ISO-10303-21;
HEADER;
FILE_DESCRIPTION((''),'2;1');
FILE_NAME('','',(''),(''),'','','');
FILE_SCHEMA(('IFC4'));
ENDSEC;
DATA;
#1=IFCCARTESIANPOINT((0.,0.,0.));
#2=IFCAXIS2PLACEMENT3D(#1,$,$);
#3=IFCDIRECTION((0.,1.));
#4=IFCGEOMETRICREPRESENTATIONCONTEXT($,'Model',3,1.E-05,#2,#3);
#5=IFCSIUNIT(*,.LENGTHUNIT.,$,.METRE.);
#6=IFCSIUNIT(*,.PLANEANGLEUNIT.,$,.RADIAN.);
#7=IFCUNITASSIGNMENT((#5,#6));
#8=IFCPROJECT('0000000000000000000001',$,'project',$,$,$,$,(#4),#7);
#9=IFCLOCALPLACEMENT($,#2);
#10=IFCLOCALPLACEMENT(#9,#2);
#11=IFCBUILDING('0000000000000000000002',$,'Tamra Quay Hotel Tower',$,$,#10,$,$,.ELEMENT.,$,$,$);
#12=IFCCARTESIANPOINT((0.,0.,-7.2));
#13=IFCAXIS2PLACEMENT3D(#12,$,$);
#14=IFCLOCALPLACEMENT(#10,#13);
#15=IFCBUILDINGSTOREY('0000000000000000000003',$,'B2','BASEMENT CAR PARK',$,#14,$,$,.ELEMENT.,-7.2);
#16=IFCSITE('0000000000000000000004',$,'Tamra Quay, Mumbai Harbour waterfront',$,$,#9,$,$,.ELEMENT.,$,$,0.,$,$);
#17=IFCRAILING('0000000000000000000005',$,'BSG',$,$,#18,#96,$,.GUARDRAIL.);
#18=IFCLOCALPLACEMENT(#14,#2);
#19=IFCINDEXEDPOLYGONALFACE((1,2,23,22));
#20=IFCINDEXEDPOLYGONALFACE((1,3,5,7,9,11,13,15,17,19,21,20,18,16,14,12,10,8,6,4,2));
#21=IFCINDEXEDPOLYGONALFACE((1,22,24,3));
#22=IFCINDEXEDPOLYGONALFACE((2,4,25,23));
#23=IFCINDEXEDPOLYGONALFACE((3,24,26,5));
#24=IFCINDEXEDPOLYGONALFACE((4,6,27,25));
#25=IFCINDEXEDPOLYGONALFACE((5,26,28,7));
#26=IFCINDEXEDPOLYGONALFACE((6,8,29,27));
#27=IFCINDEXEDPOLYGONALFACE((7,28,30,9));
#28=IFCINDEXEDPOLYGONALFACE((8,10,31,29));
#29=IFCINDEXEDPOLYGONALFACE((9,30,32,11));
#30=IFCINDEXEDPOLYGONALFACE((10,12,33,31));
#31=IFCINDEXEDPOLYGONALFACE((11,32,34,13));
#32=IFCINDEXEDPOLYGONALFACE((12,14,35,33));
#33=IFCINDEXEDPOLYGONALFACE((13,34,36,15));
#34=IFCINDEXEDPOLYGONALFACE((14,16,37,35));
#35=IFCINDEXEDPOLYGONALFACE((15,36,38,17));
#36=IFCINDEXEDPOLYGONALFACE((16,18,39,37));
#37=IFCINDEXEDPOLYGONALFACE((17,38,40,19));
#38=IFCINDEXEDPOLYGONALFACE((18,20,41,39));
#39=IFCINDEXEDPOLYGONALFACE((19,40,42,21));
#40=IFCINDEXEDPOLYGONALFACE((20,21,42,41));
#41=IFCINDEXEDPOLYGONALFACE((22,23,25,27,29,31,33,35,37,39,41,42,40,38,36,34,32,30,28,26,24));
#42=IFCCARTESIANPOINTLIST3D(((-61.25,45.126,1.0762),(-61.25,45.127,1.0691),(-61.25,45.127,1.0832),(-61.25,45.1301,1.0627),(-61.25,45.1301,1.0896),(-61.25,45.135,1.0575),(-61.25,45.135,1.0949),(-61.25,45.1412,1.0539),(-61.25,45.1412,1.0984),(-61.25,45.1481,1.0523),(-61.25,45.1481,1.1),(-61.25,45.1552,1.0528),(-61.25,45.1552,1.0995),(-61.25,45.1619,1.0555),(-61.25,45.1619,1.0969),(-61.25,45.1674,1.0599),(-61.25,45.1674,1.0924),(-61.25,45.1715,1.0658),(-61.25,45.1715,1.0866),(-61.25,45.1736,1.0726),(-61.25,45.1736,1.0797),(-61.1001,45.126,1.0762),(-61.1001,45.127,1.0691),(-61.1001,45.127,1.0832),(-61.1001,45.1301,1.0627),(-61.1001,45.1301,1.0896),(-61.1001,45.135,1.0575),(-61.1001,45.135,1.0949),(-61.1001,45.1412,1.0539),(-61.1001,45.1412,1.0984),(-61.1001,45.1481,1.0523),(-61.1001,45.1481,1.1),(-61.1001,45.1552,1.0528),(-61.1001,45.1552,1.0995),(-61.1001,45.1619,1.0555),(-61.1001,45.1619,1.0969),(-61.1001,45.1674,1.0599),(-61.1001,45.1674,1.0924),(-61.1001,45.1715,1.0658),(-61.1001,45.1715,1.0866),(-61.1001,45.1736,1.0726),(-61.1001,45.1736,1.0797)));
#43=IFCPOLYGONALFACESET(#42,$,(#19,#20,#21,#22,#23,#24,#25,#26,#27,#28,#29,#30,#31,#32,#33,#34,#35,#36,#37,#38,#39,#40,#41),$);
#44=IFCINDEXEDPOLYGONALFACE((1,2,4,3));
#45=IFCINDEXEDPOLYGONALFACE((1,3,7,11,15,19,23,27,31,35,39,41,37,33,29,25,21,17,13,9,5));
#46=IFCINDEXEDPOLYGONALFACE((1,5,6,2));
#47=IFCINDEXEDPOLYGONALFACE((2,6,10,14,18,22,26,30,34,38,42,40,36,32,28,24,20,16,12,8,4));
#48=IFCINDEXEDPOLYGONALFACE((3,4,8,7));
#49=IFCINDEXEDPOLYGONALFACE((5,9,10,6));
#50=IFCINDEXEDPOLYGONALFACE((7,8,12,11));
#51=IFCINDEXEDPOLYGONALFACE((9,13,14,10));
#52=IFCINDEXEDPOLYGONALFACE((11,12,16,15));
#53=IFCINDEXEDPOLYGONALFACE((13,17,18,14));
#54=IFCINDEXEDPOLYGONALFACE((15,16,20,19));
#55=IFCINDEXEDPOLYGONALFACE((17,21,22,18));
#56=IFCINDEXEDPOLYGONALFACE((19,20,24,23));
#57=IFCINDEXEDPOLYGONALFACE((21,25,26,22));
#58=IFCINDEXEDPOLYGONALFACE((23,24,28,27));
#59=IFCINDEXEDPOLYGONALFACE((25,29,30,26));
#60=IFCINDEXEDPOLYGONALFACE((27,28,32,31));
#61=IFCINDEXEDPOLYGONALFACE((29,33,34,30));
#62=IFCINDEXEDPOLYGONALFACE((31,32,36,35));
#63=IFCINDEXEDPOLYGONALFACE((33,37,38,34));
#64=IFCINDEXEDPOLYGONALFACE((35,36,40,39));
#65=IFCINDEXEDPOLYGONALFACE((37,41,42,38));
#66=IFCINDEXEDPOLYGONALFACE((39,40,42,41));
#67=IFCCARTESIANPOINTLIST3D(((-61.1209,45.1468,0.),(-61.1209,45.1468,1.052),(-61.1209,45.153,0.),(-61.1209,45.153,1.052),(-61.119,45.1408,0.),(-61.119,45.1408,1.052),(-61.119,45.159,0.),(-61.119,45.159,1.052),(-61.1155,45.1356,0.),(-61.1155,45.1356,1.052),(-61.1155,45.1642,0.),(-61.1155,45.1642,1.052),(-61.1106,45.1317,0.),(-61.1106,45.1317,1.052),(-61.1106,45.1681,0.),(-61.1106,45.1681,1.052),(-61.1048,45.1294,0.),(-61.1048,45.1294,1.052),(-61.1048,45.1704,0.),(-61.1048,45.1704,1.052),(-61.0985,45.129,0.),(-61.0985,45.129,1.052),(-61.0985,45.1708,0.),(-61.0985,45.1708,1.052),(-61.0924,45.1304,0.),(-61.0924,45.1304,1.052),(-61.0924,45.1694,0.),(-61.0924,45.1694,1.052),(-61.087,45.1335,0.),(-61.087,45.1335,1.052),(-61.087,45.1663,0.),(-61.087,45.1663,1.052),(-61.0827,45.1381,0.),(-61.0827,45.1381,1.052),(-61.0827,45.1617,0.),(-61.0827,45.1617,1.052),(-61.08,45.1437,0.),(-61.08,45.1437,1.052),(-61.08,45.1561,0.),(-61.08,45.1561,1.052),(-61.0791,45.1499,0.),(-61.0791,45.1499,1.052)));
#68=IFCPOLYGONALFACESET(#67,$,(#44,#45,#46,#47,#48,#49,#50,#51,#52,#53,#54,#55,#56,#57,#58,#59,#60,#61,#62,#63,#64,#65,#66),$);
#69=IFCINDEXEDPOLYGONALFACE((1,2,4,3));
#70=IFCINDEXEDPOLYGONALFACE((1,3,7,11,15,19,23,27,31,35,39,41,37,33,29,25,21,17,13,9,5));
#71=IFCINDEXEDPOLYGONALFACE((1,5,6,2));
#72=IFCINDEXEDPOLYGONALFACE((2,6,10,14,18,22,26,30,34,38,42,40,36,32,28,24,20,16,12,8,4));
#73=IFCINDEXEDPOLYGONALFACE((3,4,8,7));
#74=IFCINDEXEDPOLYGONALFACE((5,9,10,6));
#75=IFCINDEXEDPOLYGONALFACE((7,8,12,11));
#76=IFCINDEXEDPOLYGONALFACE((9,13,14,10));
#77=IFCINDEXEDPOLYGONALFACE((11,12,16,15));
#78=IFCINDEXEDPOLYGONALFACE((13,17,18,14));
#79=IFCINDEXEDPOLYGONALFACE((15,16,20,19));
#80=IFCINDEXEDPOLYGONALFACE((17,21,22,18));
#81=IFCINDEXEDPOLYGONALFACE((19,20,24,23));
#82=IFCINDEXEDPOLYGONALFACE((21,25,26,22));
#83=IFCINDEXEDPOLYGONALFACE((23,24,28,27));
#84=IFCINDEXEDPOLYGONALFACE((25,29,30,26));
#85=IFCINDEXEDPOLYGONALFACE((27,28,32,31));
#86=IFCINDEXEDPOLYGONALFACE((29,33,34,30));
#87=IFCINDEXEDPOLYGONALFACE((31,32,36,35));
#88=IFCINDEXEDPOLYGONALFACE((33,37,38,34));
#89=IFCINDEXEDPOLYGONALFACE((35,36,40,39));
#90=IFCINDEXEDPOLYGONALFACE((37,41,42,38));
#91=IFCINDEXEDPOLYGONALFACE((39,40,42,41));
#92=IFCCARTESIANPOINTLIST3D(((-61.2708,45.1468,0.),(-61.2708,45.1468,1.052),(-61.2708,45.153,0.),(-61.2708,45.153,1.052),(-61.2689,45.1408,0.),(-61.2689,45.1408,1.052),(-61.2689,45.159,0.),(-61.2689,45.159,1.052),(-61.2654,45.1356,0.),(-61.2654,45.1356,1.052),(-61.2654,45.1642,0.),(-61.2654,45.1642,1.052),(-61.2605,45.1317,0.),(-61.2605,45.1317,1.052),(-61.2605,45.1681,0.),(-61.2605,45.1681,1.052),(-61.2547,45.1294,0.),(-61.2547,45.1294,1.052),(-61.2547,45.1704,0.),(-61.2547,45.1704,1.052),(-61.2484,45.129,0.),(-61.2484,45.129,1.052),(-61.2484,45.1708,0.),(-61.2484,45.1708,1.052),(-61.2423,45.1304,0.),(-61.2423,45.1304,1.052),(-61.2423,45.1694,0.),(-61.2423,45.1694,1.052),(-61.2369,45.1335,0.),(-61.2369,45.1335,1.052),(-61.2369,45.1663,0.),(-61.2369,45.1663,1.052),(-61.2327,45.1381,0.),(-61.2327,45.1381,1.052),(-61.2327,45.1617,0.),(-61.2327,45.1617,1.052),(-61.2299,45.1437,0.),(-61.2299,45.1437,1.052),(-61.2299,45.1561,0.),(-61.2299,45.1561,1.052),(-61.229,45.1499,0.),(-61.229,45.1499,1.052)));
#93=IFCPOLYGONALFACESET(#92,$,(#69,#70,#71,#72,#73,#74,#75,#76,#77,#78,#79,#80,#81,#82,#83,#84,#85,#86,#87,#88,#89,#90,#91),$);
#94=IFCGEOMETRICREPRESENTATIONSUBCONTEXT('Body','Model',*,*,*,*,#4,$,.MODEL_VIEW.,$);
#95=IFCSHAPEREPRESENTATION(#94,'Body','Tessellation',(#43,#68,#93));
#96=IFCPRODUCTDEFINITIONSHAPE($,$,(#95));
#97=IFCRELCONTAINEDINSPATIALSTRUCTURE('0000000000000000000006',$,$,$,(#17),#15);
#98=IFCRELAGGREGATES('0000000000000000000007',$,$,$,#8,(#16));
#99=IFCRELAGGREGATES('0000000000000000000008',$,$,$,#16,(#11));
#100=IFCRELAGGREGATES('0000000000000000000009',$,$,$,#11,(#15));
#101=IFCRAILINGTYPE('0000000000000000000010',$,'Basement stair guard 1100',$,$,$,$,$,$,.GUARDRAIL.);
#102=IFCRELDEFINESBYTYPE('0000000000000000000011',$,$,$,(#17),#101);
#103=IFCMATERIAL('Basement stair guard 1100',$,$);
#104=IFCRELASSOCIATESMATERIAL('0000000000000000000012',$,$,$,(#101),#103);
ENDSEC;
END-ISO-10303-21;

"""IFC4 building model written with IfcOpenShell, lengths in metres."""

from ifc_helpers import new_model, si_unit, direction, frame, origin, origin_2d, place, context, subcontext, project, spatial, circle, extrude, material, type_object, element, save


model = new_model("IFC4")

# Units and contexts
model_context = context("Model", 3, precision=1e-05, world=origin(), true_north=direction((0.0, 1.0)))
body_context = subcontext(model_context, "Body", "Model", "MODEL_VIEW")
ifc_project = project(units=[si_unit("LENGTHUNIT", "METRE"), si_unit("PLANEANGLEUNIT", "RADIAN")], contexts=[model_context])

# Site, building, storey
site_placement = place(None, origin())
site = spatial("IfcSite", under=ifc_project, at=site_placement, Name="Tamra Quay, Mumbai Harbour waterfront", CompositionType="ELEMENT", RefElevation=0.0)
building_placement = place(site_placement, origin())
building = spatial("IfcBuilding", under=site, at=building_placement, Name="Tamra Quay Hotel Tower", CompositionType="ELEMENT")
storey_placement = place(building_placement, frame((0.0, 0.0, -7.2)))
storey = spatial("IfcBuildingStorey", under=building, at=storey_placement, Name="B2", Description="BASEMENT CAR PARK", CompositionType="ELEMENT", Elevation=-7.2)

# Railing
ifc_material_1 = material(Name="Basement stair guard 1100")
railing_type_1 = type_object("IfcRailingType", Name="Basement stair guard 1100", PredefinedType="GUARDRAIL", material=ifc_material_1)
railing_1_placement = place(storey_placement, frame((-61.1001, 45.1499, 0.0)))
element("IfcRailing", 1, at=railing_1_placement, inside=storey, type_object=railing_type_1, Name="BSG", PredefinedType="GUARDRAIL", context=body_context, shape_type="SweptSolid", body=[
    extrude(circle(Radius=0.0239, at=origin_2d()), frame((0.0, 0.0, 1.0762), z_axis=(-1.0, 0.0, 0.0), x_axis=(0.0, -1.0, 0.0)), (0.0, 0.0, 1.0), 0.1499),
    extrude(circle(Radius=0.021, at=origin_2d()), origin(), (0.0, 0.0, 1.0), 1.052),
    extrude(circle(Radius=0.021, at=origin_2d()), frame((-0.1499, 0.0, 0.0)), (0.0, 0.0, 1.0), 1.052),
])

save(model, "model.ifc")
